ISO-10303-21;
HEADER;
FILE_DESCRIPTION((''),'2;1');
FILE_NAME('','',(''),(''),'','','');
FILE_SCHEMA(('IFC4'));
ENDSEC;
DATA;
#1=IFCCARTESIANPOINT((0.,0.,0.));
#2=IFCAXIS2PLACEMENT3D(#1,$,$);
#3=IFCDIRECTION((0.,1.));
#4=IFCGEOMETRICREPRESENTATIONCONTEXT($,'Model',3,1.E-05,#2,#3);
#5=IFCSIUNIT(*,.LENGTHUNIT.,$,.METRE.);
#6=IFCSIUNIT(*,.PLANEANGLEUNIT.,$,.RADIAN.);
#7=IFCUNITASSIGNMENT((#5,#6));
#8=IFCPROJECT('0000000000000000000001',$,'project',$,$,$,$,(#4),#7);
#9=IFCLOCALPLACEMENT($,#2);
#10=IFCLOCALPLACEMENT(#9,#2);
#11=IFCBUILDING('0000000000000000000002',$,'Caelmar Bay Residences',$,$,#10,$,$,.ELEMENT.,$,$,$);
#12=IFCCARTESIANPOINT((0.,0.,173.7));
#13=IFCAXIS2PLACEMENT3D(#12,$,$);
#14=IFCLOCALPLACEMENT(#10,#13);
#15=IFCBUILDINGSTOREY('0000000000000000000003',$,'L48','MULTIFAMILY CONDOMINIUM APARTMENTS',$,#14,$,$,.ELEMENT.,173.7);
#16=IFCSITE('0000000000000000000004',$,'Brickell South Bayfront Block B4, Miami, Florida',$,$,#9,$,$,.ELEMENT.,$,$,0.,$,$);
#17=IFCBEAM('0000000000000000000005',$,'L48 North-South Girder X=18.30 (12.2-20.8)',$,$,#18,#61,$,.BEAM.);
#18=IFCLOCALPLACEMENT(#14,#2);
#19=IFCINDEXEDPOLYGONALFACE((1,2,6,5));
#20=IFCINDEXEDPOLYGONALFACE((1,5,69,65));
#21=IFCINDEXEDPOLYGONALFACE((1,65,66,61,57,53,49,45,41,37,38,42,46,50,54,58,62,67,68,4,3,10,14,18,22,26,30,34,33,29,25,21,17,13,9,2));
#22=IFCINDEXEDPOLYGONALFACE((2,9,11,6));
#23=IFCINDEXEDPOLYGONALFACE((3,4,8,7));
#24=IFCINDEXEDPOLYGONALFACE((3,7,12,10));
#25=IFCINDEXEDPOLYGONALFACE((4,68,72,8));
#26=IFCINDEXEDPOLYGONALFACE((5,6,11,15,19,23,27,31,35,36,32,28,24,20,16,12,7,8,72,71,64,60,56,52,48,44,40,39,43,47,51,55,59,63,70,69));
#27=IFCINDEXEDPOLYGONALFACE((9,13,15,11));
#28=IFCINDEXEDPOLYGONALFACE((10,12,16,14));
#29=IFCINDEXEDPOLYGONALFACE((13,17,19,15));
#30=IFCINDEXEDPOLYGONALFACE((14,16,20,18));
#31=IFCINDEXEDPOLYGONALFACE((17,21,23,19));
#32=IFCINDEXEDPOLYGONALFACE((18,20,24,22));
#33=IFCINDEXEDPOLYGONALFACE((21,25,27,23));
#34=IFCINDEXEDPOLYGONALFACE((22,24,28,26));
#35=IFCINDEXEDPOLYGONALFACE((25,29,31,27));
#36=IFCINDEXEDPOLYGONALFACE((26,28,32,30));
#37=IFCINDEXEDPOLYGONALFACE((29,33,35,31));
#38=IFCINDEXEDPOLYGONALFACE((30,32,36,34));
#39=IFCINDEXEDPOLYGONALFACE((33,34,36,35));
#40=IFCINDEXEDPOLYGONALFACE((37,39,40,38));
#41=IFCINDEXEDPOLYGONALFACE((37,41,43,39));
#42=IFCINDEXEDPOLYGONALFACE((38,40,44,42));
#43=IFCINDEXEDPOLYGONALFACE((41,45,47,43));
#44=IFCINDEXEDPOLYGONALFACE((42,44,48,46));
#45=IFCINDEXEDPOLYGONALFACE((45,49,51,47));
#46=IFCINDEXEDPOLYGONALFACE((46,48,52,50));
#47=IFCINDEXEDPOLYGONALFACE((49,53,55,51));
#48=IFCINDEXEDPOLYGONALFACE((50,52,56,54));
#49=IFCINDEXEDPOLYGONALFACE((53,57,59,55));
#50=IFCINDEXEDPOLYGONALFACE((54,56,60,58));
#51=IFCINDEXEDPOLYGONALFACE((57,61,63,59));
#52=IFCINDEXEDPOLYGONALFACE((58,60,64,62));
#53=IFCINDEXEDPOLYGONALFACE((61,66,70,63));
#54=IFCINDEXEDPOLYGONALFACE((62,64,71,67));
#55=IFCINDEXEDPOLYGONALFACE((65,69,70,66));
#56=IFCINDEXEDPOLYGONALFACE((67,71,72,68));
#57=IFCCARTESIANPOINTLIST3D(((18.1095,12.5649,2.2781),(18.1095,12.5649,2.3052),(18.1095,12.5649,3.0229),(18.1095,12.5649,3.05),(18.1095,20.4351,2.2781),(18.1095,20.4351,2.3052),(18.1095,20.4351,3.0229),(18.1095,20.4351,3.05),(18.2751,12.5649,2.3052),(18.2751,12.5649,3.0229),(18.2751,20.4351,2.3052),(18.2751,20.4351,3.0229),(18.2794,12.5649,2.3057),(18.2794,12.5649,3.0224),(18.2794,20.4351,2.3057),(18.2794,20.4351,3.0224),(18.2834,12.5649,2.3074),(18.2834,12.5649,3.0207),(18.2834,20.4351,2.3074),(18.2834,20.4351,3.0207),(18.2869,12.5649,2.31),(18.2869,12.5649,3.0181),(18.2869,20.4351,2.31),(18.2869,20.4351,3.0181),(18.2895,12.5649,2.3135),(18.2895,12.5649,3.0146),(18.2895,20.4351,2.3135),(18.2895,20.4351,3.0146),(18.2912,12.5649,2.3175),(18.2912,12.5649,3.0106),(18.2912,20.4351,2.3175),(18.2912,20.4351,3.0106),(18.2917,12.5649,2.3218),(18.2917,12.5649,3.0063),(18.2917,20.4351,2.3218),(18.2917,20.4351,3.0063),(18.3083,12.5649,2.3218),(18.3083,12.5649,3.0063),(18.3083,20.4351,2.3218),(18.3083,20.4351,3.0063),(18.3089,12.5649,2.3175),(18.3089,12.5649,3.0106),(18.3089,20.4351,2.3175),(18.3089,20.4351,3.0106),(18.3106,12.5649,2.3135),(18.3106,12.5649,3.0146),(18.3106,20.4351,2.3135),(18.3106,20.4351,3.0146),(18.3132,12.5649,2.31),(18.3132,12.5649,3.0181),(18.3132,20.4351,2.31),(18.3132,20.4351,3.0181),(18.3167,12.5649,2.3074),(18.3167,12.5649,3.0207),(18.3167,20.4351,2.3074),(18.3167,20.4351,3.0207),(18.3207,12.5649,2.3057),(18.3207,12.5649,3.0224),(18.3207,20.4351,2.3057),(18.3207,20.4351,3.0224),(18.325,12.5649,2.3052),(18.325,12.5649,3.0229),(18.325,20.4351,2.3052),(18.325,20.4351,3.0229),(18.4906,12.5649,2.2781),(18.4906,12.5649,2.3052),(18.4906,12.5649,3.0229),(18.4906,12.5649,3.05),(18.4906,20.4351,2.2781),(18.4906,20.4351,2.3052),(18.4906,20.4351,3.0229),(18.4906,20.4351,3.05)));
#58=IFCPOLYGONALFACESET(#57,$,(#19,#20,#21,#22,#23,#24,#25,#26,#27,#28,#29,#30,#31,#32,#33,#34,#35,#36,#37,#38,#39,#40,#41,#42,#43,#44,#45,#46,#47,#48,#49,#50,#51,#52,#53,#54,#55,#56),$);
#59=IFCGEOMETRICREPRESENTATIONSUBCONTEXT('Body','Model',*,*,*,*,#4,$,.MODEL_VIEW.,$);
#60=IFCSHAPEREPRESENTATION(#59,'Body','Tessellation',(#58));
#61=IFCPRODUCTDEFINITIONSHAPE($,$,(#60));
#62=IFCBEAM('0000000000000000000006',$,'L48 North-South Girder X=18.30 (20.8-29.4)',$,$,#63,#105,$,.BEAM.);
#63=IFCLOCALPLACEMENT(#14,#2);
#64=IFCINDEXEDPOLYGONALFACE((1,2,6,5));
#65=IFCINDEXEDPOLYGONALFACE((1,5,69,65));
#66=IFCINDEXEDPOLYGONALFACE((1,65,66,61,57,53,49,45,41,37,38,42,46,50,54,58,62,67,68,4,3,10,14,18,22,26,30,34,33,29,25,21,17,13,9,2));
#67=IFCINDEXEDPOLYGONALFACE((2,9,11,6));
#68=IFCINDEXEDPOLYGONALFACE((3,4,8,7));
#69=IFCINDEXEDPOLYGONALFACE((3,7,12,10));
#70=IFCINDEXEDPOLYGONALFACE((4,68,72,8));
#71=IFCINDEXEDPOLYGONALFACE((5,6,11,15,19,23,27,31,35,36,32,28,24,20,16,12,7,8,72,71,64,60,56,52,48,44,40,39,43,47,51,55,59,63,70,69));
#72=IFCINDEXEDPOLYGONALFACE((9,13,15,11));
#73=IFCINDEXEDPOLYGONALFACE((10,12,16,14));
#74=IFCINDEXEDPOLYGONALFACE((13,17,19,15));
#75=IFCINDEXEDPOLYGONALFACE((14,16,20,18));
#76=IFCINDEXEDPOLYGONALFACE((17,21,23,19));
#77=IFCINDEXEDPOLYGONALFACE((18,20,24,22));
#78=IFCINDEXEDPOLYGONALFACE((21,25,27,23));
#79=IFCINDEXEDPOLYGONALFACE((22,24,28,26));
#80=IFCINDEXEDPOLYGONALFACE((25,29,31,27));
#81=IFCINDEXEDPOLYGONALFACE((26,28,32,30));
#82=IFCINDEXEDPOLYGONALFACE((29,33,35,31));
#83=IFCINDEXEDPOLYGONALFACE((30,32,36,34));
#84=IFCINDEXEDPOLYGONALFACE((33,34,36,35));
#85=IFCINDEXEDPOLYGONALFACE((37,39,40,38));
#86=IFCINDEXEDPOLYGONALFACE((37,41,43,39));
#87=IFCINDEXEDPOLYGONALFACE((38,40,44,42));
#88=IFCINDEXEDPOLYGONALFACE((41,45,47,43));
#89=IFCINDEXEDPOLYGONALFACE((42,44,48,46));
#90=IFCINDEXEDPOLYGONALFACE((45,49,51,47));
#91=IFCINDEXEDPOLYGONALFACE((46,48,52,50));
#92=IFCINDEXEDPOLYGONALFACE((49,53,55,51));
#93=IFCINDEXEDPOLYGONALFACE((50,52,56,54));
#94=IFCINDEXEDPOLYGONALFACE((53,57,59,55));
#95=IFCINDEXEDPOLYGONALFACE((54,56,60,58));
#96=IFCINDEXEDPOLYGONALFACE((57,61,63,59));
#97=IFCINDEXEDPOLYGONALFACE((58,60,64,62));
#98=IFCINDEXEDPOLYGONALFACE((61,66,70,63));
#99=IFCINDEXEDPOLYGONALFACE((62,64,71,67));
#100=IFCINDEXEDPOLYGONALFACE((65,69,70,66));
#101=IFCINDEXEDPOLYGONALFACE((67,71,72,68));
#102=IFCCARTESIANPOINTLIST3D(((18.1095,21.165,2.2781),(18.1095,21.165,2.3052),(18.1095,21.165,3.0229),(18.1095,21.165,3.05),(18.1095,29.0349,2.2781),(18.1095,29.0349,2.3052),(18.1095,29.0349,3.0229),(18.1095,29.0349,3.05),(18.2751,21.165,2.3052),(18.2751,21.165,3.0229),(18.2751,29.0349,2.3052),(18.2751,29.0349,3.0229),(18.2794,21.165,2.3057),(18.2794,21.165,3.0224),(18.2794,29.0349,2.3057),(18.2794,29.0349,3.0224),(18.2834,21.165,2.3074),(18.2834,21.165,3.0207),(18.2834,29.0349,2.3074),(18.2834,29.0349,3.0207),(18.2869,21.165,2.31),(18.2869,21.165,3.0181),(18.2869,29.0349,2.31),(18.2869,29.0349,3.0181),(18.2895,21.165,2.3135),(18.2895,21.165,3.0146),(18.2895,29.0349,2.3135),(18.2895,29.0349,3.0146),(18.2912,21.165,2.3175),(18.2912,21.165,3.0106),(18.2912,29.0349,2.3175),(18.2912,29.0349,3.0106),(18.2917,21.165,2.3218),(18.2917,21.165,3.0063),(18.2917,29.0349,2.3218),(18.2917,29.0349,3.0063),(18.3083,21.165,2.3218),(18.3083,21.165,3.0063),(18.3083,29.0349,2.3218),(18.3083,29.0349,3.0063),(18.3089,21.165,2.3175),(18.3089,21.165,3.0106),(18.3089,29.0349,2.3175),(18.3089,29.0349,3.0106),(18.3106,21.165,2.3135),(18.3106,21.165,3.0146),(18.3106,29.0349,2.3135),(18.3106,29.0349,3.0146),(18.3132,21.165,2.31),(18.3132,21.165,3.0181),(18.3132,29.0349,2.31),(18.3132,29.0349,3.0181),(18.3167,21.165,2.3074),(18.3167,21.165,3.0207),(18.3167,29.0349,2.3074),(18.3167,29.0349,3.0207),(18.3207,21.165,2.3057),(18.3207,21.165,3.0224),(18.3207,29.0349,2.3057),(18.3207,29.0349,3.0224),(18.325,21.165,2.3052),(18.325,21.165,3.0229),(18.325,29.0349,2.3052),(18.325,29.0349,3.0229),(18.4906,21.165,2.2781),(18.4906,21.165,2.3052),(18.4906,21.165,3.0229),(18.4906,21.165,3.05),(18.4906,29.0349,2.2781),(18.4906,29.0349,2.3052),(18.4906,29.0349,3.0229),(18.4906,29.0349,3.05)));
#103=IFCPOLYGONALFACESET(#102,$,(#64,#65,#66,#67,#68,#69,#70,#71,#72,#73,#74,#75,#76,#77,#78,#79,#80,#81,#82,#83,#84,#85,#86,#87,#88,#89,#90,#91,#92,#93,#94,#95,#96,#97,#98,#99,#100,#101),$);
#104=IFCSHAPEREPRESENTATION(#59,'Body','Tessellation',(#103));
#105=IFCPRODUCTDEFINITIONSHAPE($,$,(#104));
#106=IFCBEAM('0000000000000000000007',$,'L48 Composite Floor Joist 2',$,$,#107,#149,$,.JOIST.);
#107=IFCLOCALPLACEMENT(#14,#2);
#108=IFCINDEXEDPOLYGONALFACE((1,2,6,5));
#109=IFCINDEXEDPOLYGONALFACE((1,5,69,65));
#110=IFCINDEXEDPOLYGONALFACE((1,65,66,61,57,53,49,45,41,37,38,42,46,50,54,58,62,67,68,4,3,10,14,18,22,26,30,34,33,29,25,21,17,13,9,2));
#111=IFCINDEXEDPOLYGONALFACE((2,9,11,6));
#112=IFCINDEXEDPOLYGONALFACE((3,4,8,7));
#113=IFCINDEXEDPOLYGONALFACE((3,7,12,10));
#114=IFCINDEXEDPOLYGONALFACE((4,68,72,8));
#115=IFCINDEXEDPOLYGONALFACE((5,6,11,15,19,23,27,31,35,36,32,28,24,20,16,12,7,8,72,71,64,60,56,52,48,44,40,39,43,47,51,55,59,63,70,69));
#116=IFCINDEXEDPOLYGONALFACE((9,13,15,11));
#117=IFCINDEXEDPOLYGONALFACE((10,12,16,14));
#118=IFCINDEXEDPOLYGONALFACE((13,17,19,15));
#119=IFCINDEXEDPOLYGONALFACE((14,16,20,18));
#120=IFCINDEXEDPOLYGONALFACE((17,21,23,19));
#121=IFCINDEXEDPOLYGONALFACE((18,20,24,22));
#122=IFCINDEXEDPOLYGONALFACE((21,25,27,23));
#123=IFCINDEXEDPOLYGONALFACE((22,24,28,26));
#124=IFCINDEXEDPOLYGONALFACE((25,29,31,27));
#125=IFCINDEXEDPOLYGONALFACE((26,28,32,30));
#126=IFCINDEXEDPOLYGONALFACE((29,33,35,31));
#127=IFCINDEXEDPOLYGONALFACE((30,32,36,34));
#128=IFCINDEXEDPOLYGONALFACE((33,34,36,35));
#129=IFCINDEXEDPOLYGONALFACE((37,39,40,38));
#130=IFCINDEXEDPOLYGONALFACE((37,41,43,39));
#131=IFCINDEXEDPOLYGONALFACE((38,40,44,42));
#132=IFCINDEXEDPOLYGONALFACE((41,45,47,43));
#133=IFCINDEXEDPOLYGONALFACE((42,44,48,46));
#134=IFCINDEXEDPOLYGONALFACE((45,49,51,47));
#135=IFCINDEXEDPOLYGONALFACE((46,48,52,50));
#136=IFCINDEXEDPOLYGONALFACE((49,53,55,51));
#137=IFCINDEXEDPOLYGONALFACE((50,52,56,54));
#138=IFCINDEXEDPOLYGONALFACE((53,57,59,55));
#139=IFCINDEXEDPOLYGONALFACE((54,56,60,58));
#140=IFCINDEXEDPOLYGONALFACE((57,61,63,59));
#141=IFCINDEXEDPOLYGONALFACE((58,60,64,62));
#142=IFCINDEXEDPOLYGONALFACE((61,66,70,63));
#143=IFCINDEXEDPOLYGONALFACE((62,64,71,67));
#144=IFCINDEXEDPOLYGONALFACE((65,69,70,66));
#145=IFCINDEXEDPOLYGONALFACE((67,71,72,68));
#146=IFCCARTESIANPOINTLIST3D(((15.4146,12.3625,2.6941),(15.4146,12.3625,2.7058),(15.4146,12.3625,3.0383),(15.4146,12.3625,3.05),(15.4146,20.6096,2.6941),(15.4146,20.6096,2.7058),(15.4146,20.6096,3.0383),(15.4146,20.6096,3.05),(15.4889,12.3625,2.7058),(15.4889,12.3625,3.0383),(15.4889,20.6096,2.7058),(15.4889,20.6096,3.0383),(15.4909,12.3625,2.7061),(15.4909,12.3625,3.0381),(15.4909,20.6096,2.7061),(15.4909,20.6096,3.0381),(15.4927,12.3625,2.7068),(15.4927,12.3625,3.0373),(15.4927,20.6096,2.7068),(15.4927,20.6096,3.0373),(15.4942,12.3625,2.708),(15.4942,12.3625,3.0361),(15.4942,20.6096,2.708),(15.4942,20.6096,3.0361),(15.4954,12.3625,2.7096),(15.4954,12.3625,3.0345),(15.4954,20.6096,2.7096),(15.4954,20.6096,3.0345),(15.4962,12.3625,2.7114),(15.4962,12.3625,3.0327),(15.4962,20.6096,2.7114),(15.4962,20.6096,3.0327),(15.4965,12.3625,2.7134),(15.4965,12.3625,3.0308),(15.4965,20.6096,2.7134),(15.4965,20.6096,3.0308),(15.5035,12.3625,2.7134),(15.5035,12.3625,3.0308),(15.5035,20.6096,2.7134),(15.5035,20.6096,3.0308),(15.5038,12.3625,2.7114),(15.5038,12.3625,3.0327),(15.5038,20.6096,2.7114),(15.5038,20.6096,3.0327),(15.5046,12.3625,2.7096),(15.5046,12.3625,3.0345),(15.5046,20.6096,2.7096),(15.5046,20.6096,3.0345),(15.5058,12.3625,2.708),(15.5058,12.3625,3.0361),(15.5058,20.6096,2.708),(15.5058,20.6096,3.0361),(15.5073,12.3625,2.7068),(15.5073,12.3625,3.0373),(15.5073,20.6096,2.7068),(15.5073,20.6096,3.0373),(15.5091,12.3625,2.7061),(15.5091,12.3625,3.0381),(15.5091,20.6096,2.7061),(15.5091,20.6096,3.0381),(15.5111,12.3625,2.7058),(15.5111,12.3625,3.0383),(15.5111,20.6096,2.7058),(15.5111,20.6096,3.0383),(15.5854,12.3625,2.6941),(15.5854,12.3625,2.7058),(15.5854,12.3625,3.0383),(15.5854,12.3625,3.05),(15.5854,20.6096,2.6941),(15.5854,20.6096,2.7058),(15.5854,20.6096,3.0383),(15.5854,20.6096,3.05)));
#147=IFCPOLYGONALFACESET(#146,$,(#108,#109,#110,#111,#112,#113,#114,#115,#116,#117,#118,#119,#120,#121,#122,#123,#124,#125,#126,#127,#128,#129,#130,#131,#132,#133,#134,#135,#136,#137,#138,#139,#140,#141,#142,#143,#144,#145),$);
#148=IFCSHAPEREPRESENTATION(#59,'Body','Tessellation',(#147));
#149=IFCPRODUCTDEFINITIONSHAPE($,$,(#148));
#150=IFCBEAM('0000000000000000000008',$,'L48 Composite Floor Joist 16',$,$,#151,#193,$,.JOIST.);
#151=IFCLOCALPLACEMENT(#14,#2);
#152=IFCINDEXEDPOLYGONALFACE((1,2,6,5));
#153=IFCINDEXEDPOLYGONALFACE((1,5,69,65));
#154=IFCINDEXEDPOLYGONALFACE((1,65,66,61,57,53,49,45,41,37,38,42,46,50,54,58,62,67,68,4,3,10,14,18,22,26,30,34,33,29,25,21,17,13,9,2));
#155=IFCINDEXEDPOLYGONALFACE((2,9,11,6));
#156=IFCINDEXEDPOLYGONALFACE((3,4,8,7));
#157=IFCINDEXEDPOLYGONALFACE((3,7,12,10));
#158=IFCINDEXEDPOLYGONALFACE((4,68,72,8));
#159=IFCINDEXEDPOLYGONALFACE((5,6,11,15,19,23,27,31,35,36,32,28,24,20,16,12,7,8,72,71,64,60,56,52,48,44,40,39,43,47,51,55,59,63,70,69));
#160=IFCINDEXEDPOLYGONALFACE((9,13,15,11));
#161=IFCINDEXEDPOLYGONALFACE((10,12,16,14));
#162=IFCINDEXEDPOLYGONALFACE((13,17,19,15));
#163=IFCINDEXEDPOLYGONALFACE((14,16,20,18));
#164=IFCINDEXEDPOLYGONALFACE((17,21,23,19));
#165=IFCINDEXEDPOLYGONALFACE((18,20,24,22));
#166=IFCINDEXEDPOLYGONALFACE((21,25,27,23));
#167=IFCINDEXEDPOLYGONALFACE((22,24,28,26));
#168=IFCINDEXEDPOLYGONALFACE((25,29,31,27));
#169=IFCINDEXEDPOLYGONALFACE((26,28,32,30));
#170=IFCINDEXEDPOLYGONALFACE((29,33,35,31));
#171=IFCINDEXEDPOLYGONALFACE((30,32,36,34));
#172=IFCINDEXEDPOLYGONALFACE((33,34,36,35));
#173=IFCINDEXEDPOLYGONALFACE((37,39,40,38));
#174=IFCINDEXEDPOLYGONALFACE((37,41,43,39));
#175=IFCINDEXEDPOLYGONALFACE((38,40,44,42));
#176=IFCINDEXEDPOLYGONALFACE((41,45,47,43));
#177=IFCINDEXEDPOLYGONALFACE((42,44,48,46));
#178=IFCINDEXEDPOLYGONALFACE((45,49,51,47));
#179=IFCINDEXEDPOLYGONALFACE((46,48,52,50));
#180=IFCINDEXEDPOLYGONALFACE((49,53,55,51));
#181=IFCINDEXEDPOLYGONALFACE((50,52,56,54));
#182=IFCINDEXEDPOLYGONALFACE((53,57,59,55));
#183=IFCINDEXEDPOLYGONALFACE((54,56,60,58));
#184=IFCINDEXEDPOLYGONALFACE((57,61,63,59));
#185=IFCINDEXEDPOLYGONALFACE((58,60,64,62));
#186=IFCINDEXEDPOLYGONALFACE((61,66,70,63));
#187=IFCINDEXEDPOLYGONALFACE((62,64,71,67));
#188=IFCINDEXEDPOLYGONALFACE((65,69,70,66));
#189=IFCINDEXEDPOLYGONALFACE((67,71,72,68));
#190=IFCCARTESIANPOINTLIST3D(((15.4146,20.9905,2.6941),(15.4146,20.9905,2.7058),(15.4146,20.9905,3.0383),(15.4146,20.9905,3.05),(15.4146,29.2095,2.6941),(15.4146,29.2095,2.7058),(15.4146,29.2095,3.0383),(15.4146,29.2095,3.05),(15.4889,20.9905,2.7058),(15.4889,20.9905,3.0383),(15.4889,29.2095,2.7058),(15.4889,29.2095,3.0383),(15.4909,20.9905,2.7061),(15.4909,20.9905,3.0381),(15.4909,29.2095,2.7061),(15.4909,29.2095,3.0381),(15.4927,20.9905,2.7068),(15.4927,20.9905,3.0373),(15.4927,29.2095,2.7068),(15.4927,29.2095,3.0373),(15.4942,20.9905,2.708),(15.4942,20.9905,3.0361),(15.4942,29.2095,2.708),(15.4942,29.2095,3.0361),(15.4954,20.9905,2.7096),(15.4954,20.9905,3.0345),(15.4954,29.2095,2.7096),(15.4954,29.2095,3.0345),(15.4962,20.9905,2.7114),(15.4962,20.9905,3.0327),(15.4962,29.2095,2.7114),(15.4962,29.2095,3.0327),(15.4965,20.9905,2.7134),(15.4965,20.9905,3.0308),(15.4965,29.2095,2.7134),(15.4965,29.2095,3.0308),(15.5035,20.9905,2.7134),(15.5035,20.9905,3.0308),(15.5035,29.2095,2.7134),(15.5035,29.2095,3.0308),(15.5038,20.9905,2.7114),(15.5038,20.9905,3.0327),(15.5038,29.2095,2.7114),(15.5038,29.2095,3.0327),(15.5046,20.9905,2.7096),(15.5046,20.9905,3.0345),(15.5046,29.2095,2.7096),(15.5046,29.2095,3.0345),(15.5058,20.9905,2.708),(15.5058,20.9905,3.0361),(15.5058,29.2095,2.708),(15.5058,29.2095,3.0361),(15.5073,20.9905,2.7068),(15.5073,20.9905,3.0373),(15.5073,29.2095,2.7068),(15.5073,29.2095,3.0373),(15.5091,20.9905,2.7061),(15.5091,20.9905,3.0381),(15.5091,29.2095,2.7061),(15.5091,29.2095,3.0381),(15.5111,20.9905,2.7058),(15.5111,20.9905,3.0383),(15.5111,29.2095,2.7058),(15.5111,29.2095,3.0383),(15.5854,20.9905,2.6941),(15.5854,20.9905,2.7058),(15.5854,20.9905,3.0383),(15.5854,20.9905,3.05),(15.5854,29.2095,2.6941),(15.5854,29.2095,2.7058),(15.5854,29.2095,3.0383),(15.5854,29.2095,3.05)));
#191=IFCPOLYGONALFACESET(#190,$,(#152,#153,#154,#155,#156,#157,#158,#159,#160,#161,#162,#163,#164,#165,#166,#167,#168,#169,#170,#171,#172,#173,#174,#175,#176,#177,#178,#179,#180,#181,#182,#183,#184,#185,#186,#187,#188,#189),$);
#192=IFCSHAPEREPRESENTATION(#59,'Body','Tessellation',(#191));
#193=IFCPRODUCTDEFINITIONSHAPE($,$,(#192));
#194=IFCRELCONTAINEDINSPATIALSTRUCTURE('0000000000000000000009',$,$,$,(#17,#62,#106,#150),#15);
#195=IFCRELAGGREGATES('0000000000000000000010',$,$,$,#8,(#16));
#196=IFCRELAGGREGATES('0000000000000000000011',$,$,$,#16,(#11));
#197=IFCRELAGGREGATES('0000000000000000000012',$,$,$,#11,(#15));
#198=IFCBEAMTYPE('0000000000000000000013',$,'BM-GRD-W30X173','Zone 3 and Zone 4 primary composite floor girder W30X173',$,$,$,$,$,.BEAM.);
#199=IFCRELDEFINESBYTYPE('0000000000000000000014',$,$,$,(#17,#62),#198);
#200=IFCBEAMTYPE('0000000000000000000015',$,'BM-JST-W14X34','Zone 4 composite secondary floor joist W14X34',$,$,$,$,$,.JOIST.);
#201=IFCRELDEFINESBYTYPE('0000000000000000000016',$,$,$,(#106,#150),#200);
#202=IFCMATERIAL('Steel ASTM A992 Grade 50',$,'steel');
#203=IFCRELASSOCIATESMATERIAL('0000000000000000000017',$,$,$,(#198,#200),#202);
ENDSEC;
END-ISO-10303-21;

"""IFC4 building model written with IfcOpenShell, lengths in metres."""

from ifc_helpers import new_model, si_unit, direction, frame, origin, origin_2d, place, context, subcontext, project, spatial, i_section, extrude, material, material_profile, profile_set, type_object, element, save


model = new_model("IFC4")

# Units and contexts
model_context = context("Model", 3, precision=1e-05, world=origin(), true_north=direction((0.0, 1.0)))
body_context = subcontext(model_context, "Body", "Model", "MODEL_VIEW")
ifc_project = project(units=[si_unit("LENGTHUNIT", "METRE"), si_unit("PLANEANGLEUNIT", "RADIAN")], contexts=[model_context])

# Site, building, storey
site_placement = place(None, origin())
site = spatial("IfcSite", under=ifc_project, at=site_placement, Name="Brickell South Bayfront Block B4, Miami, Florida", CompositionType="ELEMENT", RefElevation=0.0)
building_placement = place(site_placement, origin())
building = spatial("IfcBuilding", under=site, at=building_placement, Name="Caelmar Bay Residences", CompositionType="ELEMENT")
storey_placement = place(building_placement, frame((0.0, 0.0, 173.7)))
storey = spatial("IfcBuildingStorey", under=building, at=storey_placement, Name="L48", Description="MULTIFAMILY CONDOMINIUM APARTMENTS", CompositionType="ELEMENT", Elevation=173.7)

# Beams
ifc_material_1 = material(Name="Steel ASTM A992 Grade 50", Category="steel")
ifc_material_profile_1 = material_profile(ifc_material_1, i_section(OverallWidth=0.3811, OverallDepth=0.772, WebThickness=0.0166, FlangeThickness=0.0271, FilletRadius=0.0166, at=origin_2d()), Name="W30X173")
ifc_profile_set_1 = profile_set([ifc_material_profile_1], Name="Steel ASTM A992 Grade 50")
beam_type_1 = type_object("IfcBeamType", Name="BM-GRD-W30X173", Description="Zone 3 and Zone 4 primary composite floor girder W30X173", PredefinedType="BEAM", material=ifc_profile_set_1)
beam_1_placement = place(storey_placement, frame((18.3, 12.5649, 2.6641), z_axis=(0.0, 1.0, 0.0), x_axis=(-1.0, 0.0, 0.0)))
element("IfcBeam", 1, at=beam_1_placement, inside=storey, type_object=beam_type_1, Name="L48 North-South Girder X=18.30 (12.2-20.8)", PredefinedType="BEAM", context=body_context, shape_type="SweptSolid", body=[
    extrude(i_section(OverallWidth=0.3811, OverallDepth=0.772, WebThickness=0.0166, FlangeThickness=0.0271, FilletRadius=0.0166, at=origin_2d()), origin(), (0.0, 0.0, 1.0), 7.8701),
])
beam_2_placement = place(storey_placement, frame((18.3, 21.165, 2.6641), z_axis=(0.0, 1.0, 0.0), x_axis=(-1.0, 0.0, 0.0)))
element("IfcBeam", 2, at=beam_2_placement, inside=storey, type_object=beam_type_1, Name="L48 North-South Girder X=18.30 (20.8-29.4)", PredefinedType="BEAM", context=body_context, shape_type="SweptSolid", body=[
    extrude(i_section(OverallWidth=0.3811, OverallDepth=0.772, WebThickness=0.0166, FlangeThickness=0.0271, FilletRadius=0.0166, at=origin_2d()), origin(), (0.0, 0.0, 1.0), 7.8699),
])
ifc_material_profile_2 = material_profile(ifc_material_1, i_section(OverallWidth=0.1709, OverallDepth=0.356, WebThickness=0.0071, FlangeThickness=0.0117, FilletRadius=0.0076, at=origin_2d()), Name="W14X34")
ifc_profile_set_2 = profile_set([ifc_material_profile_2], Name="Steel ASTM A992 Grade 50")
beam_type_2 = type_object("IfcBeamType", Name="BM-JST-W14X34", Description="Zone 4 composite secondary floor joist W14X34", PredefinedType="JOIST", material=ifc_profile_set_2)
beam_3_placement = place(storey_placement, frame((15.5, 12.3625, 2.8721), z_axis=(0.0, 1.0, 0.0), x_axis=(-1.0, 0.0, 0.0)))
element("IfcBeam", 3, at=beam_3_placement, inside=storey, type_object=beam_type_2, Name="L48 Composite Floor Joist 2", PredefinedType="JOIST", context=body_context, shape_type="SweptSolid", body=[
    extrude(i_section(OverallWidth=0.1709, OverallDepth=0.356, WebThickness=0.0071, FlangeThickness=0.0117, FilletRadius=0.0076, at=origin_2d()), origin(), (0.0, 0.0, 1.0), 8.2471),
])
beam_4_placement = place(storey_placement, frame((15.5, 20.9905, 2.8721), z_axis=(0.0, 1.0, 0.0), x_axis=(-1.0, 0.0, 0.0)))
element("IfcBeam", 4, at=beam_4_placement, inside=storey, type_object=beam_type_2, Name="L48 Composite Floor Joist 16", PredefinedType="JOIST", context=body_context, shape_type="SweptSolid", body=[
    extrude(i_section(OverallWidth=0.1709, OverallDepth=0.356, WebThickness=0.0071, FlangeThickness=0.0117, FilletRadius=0.0076, at=origin_2d()), origin(), (0.0, 0.0, 1.0), 8.219),
])

save(model, "model.ifc")
